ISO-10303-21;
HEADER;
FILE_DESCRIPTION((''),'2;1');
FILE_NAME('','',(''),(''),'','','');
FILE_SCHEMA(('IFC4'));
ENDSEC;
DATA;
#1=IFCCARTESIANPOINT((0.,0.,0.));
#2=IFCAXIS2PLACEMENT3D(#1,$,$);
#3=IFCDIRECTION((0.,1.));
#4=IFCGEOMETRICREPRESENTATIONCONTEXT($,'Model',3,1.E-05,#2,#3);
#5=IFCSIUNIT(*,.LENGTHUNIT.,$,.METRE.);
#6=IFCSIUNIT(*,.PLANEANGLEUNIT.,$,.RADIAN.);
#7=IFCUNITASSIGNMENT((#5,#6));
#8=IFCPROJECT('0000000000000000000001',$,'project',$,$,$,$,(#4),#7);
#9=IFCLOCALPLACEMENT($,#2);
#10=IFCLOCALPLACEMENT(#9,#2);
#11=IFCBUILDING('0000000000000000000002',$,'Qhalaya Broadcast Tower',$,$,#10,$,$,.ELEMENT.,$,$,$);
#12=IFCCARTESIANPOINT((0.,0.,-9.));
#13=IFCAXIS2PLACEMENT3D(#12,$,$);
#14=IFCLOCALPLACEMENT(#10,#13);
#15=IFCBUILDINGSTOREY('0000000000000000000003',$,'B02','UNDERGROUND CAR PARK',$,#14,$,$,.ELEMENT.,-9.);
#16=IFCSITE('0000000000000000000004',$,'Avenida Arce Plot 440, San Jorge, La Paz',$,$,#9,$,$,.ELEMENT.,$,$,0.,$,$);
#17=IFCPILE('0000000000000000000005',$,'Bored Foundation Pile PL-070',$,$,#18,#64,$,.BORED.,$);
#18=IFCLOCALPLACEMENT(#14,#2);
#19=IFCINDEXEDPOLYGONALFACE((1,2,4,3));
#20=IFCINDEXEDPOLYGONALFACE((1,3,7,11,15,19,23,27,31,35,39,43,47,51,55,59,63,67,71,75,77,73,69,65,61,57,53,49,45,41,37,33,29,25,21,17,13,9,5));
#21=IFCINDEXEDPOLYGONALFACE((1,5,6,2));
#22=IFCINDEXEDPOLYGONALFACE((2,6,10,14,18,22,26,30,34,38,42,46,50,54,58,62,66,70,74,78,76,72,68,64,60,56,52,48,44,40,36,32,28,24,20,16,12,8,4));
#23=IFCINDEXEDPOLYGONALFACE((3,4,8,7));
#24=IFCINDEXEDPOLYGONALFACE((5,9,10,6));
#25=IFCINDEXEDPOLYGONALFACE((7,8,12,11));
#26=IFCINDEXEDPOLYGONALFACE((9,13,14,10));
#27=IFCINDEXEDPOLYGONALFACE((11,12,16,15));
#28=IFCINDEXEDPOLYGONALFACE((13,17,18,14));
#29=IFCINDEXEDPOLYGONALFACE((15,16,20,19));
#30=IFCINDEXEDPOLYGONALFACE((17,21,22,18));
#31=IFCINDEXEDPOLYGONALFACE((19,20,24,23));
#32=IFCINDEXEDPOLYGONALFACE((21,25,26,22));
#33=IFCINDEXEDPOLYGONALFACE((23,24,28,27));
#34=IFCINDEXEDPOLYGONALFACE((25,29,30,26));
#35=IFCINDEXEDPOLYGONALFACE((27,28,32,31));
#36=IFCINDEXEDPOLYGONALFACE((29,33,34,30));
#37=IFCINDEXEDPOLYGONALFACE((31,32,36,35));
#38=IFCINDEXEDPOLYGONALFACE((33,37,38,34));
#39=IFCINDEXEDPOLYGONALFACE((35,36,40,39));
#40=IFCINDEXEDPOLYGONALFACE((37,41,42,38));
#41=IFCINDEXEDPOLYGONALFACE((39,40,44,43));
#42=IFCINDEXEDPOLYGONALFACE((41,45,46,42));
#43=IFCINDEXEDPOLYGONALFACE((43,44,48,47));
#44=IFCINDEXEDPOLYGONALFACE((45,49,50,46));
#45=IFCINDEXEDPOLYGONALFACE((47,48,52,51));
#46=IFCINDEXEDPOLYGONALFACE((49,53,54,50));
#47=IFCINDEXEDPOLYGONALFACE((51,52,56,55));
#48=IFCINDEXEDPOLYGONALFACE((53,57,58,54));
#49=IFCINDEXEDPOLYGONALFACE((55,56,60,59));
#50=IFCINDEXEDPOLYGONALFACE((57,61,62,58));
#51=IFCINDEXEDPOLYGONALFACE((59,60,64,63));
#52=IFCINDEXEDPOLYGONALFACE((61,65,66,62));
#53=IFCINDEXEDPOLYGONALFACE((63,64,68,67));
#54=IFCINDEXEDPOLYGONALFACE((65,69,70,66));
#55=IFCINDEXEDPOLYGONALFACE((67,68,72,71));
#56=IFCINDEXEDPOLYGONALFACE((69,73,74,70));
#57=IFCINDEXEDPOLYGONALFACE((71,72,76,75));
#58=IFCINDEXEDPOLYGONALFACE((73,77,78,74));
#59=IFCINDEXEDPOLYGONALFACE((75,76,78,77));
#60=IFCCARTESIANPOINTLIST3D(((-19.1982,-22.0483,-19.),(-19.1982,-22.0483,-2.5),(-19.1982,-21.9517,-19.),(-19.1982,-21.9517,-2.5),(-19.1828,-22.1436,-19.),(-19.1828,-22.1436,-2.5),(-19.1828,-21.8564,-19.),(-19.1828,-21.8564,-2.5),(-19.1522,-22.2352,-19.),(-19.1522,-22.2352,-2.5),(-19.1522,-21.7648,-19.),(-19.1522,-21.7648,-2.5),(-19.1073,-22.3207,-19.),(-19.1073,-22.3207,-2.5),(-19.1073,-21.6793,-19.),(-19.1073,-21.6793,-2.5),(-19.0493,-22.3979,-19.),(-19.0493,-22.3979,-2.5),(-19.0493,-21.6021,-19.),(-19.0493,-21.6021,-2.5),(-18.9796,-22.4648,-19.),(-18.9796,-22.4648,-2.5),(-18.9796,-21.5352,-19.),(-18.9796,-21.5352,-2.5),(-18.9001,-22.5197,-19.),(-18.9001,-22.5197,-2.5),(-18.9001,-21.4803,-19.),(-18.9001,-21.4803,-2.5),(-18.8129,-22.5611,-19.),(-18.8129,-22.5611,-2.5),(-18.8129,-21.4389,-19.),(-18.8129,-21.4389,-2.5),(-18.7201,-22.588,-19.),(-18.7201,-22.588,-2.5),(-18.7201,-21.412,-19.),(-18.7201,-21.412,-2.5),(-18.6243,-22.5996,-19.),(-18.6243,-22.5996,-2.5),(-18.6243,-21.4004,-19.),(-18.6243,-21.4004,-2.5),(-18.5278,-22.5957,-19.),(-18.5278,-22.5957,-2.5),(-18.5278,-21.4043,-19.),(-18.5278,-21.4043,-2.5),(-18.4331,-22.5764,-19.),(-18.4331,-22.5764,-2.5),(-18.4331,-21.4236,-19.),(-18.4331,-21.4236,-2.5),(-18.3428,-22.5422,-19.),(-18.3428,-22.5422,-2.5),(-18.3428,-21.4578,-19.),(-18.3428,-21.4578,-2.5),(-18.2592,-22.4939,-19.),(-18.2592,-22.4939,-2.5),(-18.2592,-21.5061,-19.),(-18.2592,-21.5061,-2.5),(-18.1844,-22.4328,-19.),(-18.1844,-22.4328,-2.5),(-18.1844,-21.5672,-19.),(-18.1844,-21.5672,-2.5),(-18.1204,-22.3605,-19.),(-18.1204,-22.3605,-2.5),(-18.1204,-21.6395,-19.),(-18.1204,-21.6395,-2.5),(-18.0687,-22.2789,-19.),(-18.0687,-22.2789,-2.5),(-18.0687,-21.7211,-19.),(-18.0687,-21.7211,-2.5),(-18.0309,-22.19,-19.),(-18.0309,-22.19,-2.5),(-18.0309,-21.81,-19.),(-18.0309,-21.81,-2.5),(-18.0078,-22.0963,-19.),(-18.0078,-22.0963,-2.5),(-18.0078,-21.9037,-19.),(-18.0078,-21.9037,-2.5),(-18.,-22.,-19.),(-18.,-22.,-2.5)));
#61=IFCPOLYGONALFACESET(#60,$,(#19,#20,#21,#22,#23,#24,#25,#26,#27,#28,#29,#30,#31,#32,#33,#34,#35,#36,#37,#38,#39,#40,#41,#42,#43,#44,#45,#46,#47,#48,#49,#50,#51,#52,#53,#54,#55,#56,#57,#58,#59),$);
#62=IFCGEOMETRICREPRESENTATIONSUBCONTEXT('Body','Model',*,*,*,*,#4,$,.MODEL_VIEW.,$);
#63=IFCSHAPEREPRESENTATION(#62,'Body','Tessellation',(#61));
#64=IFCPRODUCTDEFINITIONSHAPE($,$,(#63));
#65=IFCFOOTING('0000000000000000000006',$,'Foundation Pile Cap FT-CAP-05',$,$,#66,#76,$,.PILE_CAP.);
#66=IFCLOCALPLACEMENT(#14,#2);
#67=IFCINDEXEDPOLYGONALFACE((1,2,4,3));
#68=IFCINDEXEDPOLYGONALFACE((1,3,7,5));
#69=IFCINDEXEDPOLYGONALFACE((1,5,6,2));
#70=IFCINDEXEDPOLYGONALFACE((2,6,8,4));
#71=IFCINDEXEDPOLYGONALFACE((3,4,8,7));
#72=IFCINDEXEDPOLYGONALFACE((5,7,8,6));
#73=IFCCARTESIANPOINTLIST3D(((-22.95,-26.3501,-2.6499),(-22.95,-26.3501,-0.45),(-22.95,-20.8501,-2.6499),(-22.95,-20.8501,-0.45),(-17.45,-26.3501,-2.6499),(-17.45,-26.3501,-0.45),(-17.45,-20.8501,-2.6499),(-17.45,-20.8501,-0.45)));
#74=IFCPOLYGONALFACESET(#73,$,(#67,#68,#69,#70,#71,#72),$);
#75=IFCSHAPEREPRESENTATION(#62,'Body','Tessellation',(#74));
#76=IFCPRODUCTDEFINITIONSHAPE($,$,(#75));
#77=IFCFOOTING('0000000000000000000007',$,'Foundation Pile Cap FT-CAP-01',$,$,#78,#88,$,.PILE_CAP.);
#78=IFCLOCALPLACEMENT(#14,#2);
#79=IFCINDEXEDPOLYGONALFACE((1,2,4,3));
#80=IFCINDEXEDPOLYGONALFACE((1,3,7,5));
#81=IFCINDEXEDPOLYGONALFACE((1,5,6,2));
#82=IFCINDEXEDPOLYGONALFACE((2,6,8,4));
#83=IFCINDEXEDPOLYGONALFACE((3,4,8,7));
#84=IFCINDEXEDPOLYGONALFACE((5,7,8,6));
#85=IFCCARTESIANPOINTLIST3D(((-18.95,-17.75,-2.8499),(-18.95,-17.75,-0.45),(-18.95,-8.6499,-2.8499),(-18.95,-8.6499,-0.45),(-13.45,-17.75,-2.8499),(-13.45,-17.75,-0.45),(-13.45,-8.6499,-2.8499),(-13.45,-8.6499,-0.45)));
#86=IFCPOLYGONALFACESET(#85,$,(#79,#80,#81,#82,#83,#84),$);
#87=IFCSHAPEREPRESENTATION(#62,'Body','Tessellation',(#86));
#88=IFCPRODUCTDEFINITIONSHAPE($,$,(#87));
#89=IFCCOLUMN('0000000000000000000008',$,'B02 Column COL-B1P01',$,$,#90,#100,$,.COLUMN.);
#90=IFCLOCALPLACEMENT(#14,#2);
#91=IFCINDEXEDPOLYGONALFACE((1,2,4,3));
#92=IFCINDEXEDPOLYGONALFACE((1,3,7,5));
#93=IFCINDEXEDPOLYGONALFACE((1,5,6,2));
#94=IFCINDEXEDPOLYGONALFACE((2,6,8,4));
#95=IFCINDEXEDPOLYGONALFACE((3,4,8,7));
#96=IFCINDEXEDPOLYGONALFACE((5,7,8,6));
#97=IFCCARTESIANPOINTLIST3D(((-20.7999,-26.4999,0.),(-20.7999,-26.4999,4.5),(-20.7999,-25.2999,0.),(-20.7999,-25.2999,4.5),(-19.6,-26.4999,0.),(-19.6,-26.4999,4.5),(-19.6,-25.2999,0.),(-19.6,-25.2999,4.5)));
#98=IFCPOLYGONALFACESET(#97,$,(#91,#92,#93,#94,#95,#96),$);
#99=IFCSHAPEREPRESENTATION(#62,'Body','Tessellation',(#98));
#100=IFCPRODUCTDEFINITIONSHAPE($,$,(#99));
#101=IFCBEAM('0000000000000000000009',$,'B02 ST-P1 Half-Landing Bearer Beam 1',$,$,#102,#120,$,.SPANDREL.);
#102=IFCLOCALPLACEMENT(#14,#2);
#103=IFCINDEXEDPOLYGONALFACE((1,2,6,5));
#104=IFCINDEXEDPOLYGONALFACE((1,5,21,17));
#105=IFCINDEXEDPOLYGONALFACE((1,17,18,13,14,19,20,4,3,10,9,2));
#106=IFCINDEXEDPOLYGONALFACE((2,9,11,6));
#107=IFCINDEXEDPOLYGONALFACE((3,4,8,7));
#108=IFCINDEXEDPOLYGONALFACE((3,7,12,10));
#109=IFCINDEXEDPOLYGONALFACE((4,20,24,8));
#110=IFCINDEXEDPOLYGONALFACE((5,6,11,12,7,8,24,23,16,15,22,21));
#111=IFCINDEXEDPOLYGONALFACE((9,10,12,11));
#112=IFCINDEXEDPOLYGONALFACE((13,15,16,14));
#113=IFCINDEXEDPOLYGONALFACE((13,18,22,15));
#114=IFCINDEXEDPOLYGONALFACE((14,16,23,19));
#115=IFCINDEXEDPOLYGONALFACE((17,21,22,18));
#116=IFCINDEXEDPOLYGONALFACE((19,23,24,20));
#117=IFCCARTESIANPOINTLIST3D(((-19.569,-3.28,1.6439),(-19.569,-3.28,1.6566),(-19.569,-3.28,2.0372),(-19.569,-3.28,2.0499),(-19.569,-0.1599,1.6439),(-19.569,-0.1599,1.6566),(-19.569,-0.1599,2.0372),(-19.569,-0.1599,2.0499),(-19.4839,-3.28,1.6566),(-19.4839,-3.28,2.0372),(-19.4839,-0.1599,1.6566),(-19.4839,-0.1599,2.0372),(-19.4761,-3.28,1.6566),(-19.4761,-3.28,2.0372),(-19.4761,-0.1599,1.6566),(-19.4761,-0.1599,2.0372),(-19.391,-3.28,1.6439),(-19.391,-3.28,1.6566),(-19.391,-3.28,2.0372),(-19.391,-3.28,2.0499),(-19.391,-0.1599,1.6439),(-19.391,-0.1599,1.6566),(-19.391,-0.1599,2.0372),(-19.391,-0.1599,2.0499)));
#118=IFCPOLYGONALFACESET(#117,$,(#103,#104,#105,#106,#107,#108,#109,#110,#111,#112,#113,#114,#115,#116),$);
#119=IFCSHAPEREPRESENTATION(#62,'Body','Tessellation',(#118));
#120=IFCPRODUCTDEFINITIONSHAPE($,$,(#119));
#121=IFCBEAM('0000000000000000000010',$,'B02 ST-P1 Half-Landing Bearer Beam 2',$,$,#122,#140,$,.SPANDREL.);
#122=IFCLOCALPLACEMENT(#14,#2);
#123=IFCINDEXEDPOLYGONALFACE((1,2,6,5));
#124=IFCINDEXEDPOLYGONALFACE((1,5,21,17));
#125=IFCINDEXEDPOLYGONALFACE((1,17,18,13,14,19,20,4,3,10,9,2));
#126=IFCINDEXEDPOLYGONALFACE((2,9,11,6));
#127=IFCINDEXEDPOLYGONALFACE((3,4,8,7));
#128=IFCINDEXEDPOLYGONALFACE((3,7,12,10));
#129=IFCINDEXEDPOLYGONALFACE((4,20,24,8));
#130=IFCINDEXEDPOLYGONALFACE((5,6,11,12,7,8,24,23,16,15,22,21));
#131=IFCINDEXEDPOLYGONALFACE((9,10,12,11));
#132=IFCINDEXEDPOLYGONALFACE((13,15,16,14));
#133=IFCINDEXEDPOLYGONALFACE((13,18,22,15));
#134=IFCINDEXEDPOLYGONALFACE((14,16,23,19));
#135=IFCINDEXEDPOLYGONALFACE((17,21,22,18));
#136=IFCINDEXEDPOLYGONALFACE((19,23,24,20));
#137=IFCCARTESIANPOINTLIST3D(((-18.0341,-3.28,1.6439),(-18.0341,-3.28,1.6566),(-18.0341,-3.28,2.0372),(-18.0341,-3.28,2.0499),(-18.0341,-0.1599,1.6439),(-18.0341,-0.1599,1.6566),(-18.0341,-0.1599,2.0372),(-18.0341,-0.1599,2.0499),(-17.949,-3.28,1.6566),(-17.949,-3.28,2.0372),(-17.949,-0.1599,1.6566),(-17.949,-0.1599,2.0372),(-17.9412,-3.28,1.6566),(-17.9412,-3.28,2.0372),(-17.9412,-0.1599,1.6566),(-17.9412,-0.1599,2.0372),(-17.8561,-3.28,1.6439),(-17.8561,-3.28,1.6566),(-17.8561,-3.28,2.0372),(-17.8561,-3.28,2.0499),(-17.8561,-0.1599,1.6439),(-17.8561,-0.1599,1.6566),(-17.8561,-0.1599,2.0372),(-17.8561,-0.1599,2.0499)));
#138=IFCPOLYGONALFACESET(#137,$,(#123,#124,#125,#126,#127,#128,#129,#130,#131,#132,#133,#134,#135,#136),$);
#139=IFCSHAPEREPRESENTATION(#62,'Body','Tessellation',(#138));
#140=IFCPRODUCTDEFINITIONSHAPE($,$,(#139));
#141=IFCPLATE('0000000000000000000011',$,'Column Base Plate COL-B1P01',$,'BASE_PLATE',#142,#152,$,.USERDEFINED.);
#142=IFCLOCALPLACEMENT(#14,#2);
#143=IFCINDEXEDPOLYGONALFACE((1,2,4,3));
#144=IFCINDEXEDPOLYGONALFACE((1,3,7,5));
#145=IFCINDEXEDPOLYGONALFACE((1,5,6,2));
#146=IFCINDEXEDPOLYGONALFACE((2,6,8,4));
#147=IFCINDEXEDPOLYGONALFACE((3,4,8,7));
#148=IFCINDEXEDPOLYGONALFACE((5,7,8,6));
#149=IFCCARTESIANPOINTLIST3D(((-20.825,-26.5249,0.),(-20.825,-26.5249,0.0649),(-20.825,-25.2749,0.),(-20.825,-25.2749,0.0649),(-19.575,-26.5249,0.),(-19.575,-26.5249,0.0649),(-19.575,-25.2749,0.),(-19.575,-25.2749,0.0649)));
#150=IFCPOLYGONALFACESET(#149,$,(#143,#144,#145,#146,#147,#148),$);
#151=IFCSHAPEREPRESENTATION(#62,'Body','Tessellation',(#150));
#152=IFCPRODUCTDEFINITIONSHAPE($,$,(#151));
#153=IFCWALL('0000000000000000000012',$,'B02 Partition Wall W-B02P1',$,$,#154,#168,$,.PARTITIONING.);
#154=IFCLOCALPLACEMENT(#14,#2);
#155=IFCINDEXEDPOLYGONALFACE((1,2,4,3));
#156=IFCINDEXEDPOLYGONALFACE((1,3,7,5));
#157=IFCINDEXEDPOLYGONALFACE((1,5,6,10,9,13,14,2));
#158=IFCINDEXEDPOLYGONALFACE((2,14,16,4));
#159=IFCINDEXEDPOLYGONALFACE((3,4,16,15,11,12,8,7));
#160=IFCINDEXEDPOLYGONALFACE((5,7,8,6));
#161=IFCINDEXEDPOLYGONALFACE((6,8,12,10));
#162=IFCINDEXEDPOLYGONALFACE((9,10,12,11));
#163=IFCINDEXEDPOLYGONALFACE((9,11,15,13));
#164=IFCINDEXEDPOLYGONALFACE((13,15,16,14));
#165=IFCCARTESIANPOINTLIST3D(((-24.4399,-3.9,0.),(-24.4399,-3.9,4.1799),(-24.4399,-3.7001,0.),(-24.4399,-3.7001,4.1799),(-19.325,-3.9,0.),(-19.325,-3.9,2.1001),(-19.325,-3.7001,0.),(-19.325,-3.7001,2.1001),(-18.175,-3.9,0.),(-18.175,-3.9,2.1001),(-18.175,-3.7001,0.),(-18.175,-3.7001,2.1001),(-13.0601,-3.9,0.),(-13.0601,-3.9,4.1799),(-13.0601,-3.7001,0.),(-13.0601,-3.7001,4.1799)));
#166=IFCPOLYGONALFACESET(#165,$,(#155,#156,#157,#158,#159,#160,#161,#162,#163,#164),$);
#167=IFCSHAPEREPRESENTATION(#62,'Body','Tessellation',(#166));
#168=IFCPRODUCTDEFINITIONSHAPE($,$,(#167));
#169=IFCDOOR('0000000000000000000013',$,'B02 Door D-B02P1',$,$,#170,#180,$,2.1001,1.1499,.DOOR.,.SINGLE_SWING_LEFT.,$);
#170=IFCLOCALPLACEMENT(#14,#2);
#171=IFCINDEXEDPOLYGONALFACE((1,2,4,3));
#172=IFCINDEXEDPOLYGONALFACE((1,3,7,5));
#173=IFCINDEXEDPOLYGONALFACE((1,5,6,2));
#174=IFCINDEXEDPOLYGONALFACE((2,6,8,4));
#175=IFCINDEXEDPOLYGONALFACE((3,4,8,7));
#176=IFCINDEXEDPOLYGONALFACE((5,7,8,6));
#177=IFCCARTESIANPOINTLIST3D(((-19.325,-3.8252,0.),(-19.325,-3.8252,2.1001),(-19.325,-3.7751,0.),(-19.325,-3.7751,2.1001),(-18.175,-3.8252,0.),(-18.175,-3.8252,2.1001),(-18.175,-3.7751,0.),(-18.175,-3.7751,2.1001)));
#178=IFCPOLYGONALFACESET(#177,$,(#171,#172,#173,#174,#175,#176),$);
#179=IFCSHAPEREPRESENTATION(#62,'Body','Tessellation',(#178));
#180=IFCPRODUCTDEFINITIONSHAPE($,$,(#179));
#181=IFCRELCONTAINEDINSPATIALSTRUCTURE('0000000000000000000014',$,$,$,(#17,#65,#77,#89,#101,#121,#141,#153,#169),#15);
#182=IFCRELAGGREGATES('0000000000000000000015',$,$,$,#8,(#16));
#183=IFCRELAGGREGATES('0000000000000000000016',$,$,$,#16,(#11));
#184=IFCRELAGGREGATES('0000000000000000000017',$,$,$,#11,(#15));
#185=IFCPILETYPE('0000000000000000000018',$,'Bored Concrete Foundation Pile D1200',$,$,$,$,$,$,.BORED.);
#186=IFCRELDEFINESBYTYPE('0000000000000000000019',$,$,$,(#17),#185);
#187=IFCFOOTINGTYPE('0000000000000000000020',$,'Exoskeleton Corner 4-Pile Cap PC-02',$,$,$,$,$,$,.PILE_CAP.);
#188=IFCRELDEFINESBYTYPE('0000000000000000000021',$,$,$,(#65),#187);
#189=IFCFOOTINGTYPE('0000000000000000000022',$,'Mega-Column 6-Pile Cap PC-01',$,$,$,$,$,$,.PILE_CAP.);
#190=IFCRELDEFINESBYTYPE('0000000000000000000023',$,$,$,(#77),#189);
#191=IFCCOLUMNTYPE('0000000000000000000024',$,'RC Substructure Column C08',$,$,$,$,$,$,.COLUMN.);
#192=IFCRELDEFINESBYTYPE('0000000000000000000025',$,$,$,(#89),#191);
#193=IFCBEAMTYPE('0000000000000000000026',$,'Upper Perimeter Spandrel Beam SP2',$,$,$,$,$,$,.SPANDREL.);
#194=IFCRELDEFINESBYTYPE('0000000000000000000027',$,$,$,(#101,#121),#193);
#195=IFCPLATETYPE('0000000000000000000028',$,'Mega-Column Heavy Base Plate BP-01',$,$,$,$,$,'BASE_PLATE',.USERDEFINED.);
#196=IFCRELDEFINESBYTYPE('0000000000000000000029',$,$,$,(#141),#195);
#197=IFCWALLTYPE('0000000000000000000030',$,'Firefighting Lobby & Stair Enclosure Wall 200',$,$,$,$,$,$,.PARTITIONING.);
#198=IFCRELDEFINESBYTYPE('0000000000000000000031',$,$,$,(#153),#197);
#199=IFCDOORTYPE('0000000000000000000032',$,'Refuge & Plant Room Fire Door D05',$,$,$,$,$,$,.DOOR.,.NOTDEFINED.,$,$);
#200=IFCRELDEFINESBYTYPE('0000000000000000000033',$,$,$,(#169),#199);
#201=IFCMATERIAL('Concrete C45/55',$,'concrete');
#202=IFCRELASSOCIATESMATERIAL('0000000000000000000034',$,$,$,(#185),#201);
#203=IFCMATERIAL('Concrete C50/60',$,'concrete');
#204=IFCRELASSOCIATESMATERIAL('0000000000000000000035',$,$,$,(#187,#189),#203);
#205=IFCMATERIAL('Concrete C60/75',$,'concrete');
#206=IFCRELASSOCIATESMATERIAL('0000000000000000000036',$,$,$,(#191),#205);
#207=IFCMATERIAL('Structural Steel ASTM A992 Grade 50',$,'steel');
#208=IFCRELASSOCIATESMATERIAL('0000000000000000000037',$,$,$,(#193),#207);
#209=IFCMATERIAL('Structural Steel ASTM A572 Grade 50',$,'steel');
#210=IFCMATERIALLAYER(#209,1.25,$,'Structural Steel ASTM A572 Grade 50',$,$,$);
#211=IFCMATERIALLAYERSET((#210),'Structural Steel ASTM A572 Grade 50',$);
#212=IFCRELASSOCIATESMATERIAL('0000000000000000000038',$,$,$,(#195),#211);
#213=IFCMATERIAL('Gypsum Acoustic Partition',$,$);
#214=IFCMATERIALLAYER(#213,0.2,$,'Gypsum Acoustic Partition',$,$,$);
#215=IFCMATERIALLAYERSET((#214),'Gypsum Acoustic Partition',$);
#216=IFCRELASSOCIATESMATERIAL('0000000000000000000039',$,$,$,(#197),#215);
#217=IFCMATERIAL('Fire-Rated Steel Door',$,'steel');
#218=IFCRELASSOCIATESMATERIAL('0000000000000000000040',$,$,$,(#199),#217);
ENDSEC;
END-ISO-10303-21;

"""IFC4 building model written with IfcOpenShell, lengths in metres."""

from ifc_helpers import new_model, si_unit, direction, frame, frame_2d, origin, origin_2d, place, context, subcontext, project, spatial, rectangle, circle, i_section, extrude, material, layer, layer_set, material_profile, profile_set, type_object, element, fill, save


model = new_model("IFC4")

# Units and contexts
model_context = context("Model", 3, precision=1e-05, world=origin(), true_north=direction((0.0, 1.0)))
body_context = subcontext(model_context, "Body", "Model", "MODEL_VIEW")
ifc_project = project(units=[si_unit("LENGTHUNIT", "METRE"), si_unit("PLANEANGLEUNIT", "RADIAN")], contexts=[model_context])

# Site, building, storey
site_placement = place(None, origin())
site = spatial("IfcSite", under=ifc_project, at=site_placement, Name="Avenida Arce Plot 440, San Jorge, La Paz", CompositionType="ELEMENT", RefElevation=0.0)
building_placement = place(site_placement, origin())
building = spatial("IfcBuilding", under=site, at=building_placement, Name="Qhalaya Broadcast Tower", CompositionType="ELEMENT")
storey_placement = place(building_placement, frame((0.0, 0.0, -9.0)))
storey = spatial("IfcBuildingStorey", under=building, at=storey_placement, Name="B02", Description="UNDERGROUND CAR PARK", CompositionType="ELEMENT", Elevation=-9.0)

# Pile
ifc_material_1 = material(Name="Concrete C45/55", Category="concrete")
ifc_material_profile_1 = material_profile(ifc_material_1, circle(Radius=0.6001, at=origin_2d()), Name="PILE D1200")
ifc_profile_set_1 = profile_set([ifc_material_profile_1], Name="Concrete C45/55")
pile_type = type_object("IfcPileType", Name="Bored Concrete Foundation Pile D1200", PredefinedType="BORED", material=ifc_profile_set_1)
for number, where, z_axis, x_axis, name in (
    (1, (-18.6001, -22.0, -2.5), (0.0, 0.0, -1.0), (1.0, 0.0, 0.0), "Bored Foundation Pile PL-070"),
):
    element("IfcPile", number, at=place(storey_placement, frame(where, z_axis=z_axis, x_axis=x_axis)), inside=storey, type_object=pile_type, Name=name, PredefinedType="BORED", context=body_context, shape_type="SweptSolid", body=[
        extrude(circle(Radius=0.6001, at=origin_2d()), origin(), (0.0, 0.0, 1.0), 16.5),
    ])

# Footings
ifc_material_2 = material(Name="Concrete C50/60", Category="concrete")
footing_type_1 = type_object("IfcFootingType", Name="Exoskeleton Corner 4-Pile Cap PC-02", PredefinedType="PILE_CAP", material=ifc_material_2)
footing_1_placement = place(storey_placement, frame((-20.2, -23.6001, -2.6499), z_axis=(0.0, 0.0, 1.0), x_axis=(1.0, 0.0, 0.0)))
element("IfcFooting", 2, at=footing_1_placement, inside=storey, type_object=footing_type_1, Name="Foundation Pile Cap FT-CAP-05", PredefinedType="PILE_CAP", context=body_context, shape_type="SweptSolid", body=[
    extrude(rectangle(XDim=5.5, YDim=5.5, at=origin_2d()), origin(), (0.0, 0.0, 1.0), 2.2),
])
footing_type_2 = type_object("IfcFootingType", Name="Mega-Column 6-Pile Cap PC-01", PredefinedType="PILE_CAP", material=ifc_material_2)
footing_2_placement = place(storey_placement, frame((-16.2, -13.2, -2.8499), z_axis=(0.0, 0.0, 1.0), x_axis=(1.0, 0.0, 0.0)))
element("IfcFooting", 3, at=footing_2_placement, inside=storey, type_object=footing_type_2, Name="Foundation Pile Cap FT-CAP-01", PredefinedType="PILE_CAP", context=body_context, shape_type="SweptSolid", body=[
    extrude(rectangle(XDim=5.5, YDim=9.1001, at=origin_2d()), origin(), (0.0, 0.0, 1.0), 2.3999),
])

# Column
ifc_material_3 = material(Name="Concrete C60/75", Category="concrete")
ifc_material_profile_2 = material_profile(ifc_material_3, rectangle(XDim=1.2, YDim=1.2, at=origin_2d()), Name="RC-COL 1200x1200")
ifc_profile_set_2 = profile_set([ifc_material_profile_2], Name="Concrete C60/75")
column_type = type_object("IfcColumnType", Name="RC Substructure Column C08", PredefinedType="COLUMN", material=ifc_profile_set_2)
column_placement = place(storey_placement, frame((-20.2, -25.8999, 0.0), z_axis=(0.0, 0.0, 1.0), x_axis=(1.0, 0.0, 0.0)))
element("IfcColumn", 4, at=column_placement, inside=storey, type_object=column_type, Name="B02 Column COL-B1P01", PredefinedType="COLUMN", context=body_context, shape_type="SweptSolid", body=[
    extrude(rectangle(XDim=1.2, YDim=1.2, at=origin_2d()), origin(), (0.0, 0.0, 1.0), 4.5),
])

# Beams
ifc_material_4 = material(Name="Structural Steel ASTM A992 Grade 50", Category="steel")
ifc_material_profile_3 = material_profile(ifc_material_4, i_section(OverallWidth=0.178, OverallDepth=0.406, WebThickness=0.0078, FlangeThickness=0.0127, at=origin_2d()), Name="W16X40")
ifc_profile_set_3 = profile_set([ifc_material_profile_3], Name="Structural Steel ASTM A992 Grade 50")
beam_type = type_object("IfcBeamType", Name="Upper Perimeter Spandrel Beam SP2", PredefinedType="SPANDREL", material=ifc_profile_set_3)
for number, where, z_axis, x_axis, name in (
    (5, (-19.48, -3.28, 1.8469), (0.0, 1.0, 0.0), (-1.0, 0.0, 0.0), "B02 ST-P1 Half-Landing Bearer Beam 1"),
    (6, (-17.9451, -3.28, 1.8469), (0.0, 1.0, 0.0), (-1.0, 0.0, 0.0), "B02 ST-P1 Half-Landing Bearer Beam 2"),
):
    element("IfcBeam", number, at=place(storey_placement, frame(where, z_axis=z_axis, x_axis=x_axis)), inside=storey, type_object=beam_type, Name=name, PredefinedType="SPANDREL", context=body_context, shape_type="SweptSolid", body=[
        extrude(i_section(OverallWidth=0.178, OverallDepth=0.406, WebThickness=0.0078, FlangeThickness=0.0127, at=origin_2d()), origin(), (0.0, 0.0, 1.0), 3.1201),
    ])

# Plate
ifc_material_5 = material(Name="Structural Steel ASTM A572 Grade 50", Category="steel")
ifc_layer_1 = layer(ifc_material_5, 1.25, Name="Structural Steel ASTM A572 Grade 50")
ifc_layer_set_1 = layer_set([ifc_layer_1], Name="Structural Steel ASTM A572 Grade 50")
plate_type = type_object("IfcPlateType", Name="Mega-Column Heavy Base Plate BP-01", ElementType="BASE_PLATE", PredefinedType="USERDEFINED", material=ifc_layer_set_1)
plate_placement = place(storey_placement, frame((-20.2, -25.8999, 0.0), z_axis=(0.0, 0.0, 1.0), x_axis=(1.0, 0.0, 0.0)))
element("IfcPlate", 7, at=plate_placement, inside=storey, type_object=plate_type, Name="Column Base Plate COL-B1P01", ObjectType="BASE_PLATE", PredefinedType="USERDEFINED", context=body_context, shape_type="SweptSolid", body=[
    extrude(rectangle(XDim=1.25, YDim=1.25, at=origin_2d()), origin(), (0.0, 0.0, 1.0), 0.0649),
])

# Wall, opening, door
ifc_material_6 = material(Name="Gypsum Acoustic Partition")
ifc_layer_2 = layer(ifc_material_6, 0.2, Name="Gypsum Acoustic Partition")
ifc_layer_set_2 = layer_set([ifc_layer_2], Name="Gypsum Acoustic Partition")
wall_type_1 = type_object("IfcWallType", Name="Firefighting Lobby & Stair Enclosure Wall 200", PredefinedType="PARTITIONING", material=ifc_layer_set_2)
wall_1_placement = place(storey_placement, frame((-24.4399, -3.8, 0.0), z_axis=(0.0, 0.0, 1.0), x_axis=(1.0, 0.0, 0.0)))
wall_1 = element("IfcWall", 8, at=wall_1_placement, inside=storey, type_object=wall_type_1, Name="B02 Partition Wall W-B02P1", PredefinedType="PARTITIONING", context=body_context, shape_type="SweptSolid", body=[
    extrude(rectangle(XDim=11.3799, YDim=0.2, at=frame_2d((5.6899, 0.0))), origin(), (0.0, 0.0, 1.0), 4.1799),
])
opening_placement = place(wall_1_placement, frame((5.115, 0.0, 0.0)))
opening = element("IfcOpeningElement", 9, at=opening_placement, cuts=wall_1, PredefinedType="OPENING", context=body_context, shape_type="SweptSolid", body=[
    extrude(rectangle(XDim=1.1499, YDim=2.1001, at=frame_2d((0.575, 1.05))), frame((0.0, 0.1121, 0.0), z_axis=(0.0, -1.0, 0.0), x_axis=(1.0, 0.0, 0.0)), (0.0, 0.0, 1.0), 0.2239),
])
ifc_material_7 = material(Name="Fire-Rated Steel Door", Category="steel")
door_type = type_object("IfcDoorType", Name="Refuge & Plant Room Fire Door D05", OperationType="NOTDEFINED", PredefinedType="DOOR", material=ifc_material_7)
door_placement = place(opening_placement, origin())
door = element("IfcDoor", 10, at=door_placement, inside=storey, type_object=door_type, Name="B02 Door D-B02P1", OperationType="SINGLE_SWING_LEFT", OverallHeight=2.1001, OverallWidth=1.1499, PredefinedType="DOOR", context=body_context, shape_type="SweptSolid", body=[
    extrude(rectangle(XDim=1.1499, YDim=2.1001, at=frame_2d((0.575, 1.05))), frame((0.0, 0.0249, 0.0), z_axis=(0.0, -1.0, 0.0), x_axis=(1.0, 0.0, 0.0)), (0.0, 0.0, 1.0), 0.05),
])
fill(opening, door)

save(model, "model.ifc")
